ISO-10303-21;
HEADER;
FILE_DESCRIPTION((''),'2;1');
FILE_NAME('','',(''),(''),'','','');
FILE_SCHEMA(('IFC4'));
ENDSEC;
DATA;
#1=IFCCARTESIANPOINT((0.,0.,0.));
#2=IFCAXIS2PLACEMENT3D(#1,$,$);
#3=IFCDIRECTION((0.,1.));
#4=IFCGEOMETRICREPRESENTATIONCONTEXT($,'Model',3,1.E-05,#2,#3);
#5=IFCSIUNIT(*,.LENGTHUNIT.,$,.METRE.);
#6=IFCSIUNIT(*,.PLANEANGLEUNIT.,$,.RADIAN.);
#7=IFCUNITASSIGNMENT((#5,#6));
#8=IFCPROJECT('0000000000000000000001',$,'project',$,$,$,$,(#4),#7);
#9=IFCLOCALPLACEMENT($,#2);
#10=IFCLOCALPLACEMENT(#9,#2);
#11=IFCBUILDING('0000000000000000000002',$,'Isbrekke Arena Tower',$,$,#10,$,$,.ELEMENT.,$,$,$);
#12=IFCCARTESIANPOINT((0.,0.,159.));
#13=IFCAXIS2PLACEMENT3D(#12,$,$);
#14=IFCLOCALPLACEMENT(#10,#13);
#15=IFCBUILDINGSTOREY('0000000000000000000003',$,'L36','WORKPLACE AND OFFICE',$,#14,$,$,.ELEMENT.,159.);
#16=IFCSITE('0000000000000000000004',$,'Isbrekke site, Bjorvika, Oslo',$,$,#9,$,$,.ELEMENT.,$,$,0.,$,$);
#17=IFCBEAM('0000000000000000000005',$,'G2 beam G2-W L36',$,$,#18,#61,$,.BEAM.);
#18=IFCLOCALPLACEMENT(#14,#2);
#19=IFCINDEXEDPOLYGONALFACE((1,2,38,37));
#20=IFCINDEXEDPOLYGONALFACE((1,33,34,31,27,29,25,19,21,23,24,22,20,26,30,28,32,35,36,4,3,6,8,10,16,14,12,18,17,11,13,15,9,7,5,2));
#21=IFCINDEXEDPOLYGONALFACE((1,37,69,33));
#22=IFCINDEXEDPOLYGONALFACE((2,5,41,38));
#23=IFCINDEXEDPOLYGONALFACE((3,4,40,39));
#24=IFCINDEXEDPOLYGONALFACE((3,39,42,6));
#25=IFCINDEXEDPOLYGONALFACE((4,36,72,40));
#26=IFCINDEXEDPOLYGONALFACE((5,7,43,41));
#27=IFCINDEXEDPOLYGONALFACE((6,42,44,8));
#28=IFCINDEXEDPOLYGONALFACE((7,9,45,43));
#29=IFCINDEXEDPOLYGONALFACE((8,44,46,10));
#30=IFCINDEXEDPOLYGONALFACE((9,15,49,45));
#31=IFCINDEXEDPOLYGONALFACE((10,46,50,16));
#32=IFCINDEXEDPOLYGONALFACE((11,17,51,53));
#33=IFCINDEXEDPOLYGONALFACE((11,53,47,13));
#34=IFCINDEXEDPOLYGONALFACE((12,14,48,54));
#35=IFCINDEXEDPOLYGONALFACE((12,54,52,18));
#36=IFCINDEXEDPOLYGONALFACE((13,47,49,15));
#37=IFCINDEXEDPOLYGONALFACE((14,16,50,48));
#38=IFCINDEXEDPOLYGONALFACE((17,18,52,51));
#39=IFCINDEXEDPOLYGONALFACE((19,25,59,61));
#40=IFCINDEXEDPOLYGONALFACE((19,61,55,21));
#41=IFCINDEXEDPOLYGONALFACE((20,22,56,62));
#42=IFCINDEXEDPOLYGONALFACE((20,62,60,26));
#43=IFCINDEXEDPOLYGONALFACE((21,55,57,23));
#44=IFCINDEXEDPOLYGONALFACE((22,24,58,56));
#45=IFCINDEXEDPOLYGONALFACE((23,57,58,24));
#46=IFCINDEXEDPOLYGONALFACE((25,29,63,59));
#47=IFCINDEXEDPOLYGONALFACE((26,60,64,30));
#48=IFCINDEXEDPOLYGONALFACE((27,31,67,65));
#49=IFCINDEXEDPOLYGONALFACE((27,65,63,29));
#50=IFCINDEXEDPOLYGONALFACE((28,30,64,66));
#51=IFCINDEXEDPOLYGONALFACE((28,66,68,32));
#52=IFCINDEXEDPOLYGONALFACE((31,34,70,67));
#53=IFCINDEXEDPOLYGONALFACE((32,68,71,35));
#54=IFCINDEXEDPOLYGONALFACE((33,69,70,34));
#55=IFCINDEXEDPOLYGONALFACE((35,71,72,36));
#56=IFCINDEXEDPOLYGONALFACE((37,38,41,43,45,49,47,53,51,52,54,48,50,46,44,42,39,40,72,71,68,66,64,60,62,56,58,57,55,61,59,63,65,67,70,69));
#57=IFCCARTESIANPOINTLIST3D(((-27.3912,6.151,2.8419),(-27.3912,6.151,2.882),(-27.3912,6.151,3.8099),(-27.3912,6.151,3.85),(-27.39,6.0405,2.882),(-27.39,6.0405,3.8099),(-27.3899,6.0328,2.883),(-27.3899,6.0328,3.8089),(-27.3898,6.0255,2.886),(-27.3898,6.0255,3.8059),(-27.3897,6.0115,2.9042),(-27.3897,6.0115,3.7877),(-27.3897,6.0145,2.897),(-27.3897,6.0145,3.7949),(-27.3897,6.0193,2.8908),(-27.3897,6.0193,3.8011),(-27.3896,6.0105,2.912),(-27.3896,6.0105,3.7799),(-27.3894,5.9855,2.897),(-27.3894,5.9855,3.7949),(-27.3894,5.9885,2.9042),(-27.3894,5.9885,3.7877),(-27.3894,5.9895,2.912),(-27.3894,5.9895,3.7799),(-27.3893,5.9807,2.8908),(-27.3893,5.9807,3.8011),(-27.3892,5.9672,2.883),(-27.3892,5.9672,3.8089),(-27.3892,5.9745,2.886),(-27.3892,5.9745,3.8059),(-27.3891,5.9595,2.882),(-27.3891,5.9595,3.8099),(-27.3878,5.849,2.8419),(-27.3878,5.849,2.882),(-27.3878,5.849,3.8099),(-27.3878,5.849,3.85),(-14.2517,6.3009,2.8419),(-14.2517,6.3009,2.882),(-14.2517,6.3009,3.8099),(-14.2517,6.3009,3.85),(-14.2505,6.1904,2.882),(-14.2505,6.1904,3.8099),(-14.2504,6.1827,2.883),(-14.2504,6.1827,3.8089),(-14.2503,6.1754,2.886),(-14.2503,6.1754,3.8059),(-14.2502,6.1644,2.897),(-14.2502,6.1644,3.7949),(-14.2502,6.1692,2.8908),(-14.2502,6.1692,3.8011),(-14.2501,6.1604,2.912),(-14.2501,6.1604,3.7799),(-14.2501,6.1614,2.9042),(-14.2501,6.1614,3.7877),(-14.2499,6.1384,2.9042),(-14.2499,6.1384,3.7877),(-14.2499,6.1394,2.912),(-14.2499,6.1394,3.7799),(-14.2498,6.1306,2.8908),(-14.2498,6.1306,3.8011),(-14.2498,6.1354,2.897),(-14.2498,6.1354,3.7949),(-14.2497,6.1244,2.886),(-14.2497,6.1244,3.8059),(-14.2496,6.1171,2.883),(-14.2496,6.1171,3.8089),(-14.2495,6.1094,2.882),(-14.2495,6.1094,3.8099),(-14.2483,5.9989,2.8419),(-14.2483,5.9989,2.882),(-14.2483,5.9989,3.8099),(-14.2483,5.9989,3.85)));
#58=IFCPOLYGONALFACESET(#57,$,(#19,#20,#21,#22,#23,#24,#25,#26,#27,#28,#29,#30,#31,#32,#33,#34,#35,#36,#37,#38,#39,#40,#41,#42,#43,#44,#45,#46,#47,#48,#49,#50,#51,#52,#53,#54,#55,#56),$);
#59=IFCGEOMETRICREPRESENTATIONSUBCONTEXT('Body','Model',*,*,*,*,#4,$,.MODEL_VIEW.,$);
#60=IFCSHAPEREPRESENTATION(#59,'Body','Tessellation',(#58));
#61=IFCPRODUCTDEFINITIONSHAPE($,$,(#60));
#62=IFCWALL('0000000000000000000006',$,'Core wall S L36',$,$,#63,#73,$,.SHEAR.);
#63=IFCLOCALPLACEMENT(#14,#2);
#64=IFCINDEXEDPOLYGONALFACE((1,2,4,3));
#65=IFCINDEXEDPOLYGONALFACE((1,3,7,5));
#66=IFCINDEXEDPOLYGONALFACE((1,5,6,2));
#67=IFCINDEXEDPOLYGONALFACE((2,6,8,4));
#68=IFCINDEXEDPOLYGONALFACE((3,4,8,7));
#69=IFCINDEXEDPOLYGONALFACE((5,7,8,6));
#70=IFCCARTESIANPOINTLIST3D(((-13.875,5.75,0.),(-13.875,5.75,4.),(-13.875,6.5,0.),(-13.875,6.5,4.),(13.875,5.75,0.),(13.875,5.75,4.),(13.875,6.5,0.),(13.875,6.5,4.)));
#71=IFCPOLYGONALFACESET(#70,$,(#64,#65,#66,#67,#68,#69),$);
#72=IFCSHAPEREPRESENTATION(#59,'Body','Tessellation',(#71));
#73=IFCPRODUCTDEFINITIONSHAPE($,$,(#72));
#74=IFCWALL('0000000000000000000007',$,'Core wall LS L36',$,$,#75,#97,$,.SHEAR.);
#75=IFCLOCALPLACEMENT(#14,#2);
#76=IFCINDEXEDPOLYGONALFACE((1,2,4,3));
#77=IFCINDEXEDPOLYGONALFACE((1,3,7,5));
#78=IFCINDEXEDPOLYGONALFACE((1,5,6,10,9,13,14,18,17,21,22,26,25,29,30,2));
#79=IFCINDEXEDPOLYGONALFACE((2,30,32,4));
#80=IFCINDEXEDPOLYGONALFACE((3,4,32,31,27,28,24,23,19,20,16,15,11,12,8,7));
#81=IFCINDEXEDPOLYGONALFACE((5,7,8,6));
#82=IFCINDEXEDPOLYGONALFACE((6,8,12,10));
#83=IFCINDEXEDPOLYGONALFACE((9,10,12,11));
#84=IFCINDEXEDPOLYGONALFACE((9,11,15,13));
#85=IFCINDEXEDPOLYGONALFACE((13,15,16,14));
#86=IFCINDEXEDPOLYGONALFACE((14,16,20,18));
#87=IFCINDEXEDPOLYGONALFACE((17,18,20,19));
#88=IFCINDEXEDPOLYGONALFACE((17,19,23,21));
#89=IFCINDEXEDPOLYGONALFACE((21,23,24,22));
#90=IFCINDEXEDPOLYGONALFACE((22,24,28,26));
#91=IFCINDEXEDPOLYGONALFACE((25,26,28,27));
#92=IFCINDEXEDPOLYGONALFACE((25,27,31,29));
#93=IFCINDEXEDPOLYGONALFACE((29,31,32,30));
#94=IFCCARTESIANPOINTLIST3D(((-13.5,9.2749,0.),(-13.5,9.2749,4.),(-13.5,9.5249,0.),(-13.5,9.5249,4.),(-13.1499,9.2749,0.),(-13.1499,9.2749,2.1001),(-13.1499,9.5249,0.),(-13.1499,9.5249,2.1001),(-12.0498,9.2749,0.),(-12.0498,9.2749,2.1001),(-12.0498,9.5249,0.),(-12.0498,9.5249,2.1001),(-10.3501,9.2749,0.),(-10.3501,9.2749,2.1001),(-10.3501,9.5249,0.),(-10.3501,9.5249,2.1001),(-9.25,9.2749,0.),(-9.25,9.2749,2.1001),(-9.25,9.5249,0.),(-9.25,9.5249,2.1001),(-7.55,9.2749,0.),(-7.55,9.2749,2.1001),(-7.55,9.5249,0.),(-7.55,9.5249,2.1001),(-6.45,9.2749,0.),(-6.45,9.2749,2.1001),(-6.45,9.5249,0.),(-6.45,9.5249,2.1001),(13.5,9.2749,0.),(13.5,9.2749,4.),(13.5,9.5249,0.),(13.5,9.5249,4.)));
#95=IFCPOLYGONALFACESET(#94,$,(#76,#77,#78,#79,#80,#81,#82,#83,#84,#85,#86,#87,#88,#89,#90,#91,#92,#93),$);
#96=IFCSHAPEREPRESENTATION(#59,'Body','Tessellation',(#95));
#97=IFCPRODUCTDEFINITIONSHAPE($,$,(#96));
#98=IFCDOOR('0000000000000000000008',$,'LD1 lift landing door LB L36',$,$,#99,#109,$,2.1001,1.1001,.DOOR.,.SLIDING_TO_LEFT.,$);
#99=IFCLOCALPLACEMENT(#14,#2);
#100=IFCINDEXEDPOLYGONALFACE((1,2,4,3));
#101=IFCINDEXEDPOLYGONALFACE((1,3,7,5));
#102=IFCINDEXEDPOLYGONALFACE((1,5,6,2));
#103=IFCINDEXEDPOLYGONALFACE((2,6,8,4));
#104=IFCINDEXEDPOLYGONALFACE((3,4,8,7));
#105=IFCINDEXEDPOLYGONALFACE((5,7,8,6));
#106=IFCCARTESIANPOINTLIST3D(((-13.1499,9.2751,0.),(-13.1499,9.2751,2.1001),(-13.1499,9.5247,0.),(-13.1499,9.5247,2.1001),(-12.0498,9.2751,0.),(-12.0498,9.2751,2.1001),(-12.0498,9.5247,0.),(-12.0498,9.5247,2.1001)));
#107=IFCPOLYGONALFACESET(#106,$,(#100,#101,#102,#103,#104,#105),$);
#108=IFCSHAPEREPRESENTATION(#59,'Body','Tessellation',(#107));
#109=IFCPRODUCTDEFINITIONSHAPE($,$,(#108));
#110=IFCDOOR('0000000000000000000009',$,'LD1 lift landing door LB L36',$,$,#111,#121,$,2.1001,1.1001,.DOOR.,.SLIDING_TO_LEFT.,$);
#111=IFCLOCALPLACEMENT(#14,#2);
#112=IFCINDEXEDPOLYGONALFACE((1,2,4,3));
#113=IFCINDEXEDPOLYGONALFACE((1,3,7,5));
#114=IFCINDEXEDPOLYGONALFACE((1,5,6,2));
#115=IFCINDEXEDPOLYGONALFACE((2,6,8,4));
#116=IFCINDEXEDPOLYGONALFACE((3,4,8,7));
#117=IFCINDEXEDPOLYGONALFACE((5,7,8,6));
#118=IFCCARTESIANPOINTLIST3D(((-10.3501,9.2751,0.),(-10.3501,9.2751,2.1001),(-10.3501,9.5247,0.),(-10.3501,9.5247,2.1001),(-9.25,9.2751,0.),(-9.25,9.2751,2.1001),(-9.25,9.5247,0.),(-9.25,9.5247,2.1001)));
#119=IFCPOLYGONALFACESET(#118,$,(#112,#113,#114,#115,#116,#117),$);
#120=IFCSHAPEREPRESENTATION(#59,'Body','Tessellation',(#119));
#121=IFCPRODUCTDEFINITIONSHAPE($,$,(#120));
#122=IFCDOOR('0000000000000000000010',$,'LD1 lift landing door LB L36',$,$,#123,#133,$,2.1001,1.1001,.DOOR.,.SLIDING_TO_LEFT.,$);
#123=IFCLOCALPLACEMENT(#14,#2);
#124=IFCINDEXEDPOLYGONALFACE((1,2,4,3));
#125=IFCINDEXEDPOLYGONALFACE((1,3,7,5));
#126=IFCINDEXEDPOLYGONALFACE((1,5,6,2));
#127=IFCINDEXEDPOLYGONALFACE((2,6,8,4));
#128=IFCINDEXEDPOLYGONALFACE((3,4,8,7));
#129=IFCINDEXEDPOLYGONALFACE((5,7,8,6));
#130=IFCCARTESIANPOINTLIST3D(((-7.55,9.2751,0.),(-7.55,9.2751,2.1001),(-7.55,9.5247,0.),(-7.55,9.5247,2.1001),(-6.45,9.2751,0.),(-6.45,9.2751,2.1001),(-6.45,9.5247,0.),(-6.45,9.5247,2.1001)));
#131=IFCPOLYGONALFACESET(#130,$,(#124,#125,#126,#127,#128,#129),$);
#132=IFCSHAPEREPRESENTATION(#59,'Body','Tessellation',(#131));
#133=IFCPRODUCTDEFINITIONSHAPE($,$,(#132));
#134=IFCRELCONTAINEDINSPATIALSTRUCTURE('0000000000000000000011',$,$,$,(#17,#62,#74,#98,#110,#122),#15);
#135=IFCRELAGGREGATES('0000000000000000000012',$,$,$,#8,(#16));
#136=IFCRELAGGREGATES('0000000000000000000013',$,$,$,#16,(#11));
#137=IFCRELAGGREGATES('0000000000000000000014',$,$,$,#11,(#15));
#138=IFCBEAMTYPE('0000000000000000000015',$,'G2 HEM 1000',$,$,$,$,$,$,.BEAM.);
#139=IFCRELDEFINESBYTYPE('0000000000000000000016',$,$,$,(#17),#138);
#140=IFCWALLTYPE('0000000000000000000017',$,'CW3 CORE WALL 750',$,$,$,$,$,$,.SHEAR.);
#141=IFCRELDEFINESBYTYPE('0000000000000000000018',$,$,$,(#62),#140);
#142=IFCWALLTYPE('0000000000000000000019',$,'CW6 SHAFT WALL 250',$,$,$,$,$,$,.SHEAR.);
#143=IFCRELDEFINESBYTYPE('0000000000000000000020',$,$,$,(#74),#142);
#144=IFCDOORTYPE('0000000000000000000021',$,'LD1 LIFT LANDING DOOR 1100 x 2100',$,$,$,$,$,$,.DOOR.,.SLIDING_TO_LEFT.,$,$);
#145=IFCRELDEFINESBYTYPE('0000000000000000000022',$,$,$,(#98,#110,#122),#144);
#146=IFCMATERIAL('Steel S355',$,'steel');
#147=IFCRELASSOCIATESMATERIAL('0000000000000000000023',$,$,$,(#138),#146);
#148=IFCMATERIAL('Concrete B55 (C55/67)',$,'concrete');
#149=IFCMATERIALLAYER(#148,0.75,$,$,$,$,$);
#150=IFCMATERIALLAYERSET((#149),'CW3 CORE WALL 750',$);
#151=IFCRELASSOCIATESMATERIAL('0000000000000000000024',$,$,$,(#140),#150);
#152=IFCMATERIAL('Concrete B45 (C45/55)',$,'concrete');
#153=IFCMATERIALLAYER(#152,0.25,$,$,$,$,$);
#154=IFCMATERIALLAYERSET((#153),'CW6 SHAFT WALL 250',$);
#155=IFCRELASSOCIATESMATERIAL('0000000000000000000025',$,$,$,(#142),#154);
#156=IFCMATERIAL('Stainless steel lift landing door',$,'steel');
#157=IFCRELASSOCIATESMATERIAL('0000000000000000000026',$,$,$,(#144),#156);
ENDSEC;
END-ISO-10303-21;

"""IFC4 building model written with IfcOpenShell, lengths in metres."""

from ifc_helpers import new_model, si_unit, direction, frame, frame_2d, origin, origin_2d, place, context, subcontext, project, spatial, rectangle, i_section, extrude, material, layer, layer_set, material_profile, profile_set, type_object, element, fill, save


model = new_model("IFC4")

# Units and contexts
model_context = context("Model", 3, precision=1e-05, world=origin(), true_north=direction((0.0, 1.0)))
body_context = subcontext(model_context, "Body", "Model", "MODEL_VIEW")
ifc_project = project(units=[si_unit("LENGTHUNIT", "METRE"), si_unit("PLANEANGLEUNIT", "RADIAN")], contexts=[model_context])

# Site, building, storey
site_placement = place(None, origin())
site = spatial("IfcSite", under=ifc_project, at=site_placement, Name="Isbrekke site, Bjorvika, Oslo", CompositionType="ELEMENT", RefElevation=0.0)
building_placement = place(site_placement, origin())
building = spatial("IfcBuilding", under=site, at=building_placement, Name="Isbrekke Arena Tower", CompositionType="ELEMENT")
storey_placement = place(building_placement, frame((0.0, 0.0, 159.0)))
storey = spatial("IfcBuildingStorey", under=building, at=storey_placement, Name="L36", Description="WORKPLACE AND OFFICE", CompositionType="ELEMENT", Elevation=159.0)

# Beam
ifc_material_1 = material(Name="Steel S355", Category="steel")
ifc_material_profile = material_profile(ifc_material_1, i_section(OverallWidth=0.302, OverallDepth=1.0081, WebThickness=0.021, FlangeThickness=0.04, FilletRadius=0.03, at=origin_2d()), Name="HEM 1000")
ifc_profile_set = profile_set([ifc_material_profile], Name="Steel S355")
beam_type = type_object("IfcBeamType", Name="G2 HEM 1000", PredefinedType="BEAM", material=ifc_profile_set)
beam_placement = place(storey_placement, frame((-14.25, 6.1499, 3.3459), z_axis=(-0.999935, -0.011408, 0.0), x_axis=(0.011408, -0.999935, 0.0)))
element("IfcBeam", 1, at=beam_placement, inside=storey, type_object=beam_type, Name="G2 beam G2-W L36", PredefinedType="BEAM", context=body_context, shape_type="SweptSolid", body=[
    extrude(i_section(OverallWidth=0.302, OverallDepth=1.0081, WebThickness=0.021, FlangeThickness=0.04, FilletRadius=0.03, at=origin_2d()), origin(), (0.0, 0.0, 1.0), 13.1404),
])

# Wall
ifc_material_2 = material(Name="Concrete B55 (C55/67)", Category="concrete")
ifc_layer_1 = layer(ifc_material_2, 0.75)
ifc_layer_set_1 = layer_set([ifc_layer_1], Name="CW3 CORE WALL 750")
wall_type_1 = type_object("IfcWallType", Name="CW3 CORE WALL 750", PredefinedType="SHEAR", material=ifc_layer_set_1)
wall_1_placement = place(storey_placement, frame((-13.875, 6.125, 0.0), z_axis=(0.0, 0.0, 1.0), x_axis=(1.0, 0.0, 0.0)))
element("IfcWall", 2, at=wall_1_placement, inside=storey, type_object=wall_type_1, Name="Core wall S L36", PredefinedType="SHEAR", context=body_context, shape_type="SweptSolid", body=[
    extrude(rectangle(XDim=27.75, YDim=0.75, at=frame_2d((13.875, 0.0))), origin(), (0.0, 0.0, 1.0), 4.0),
])

# Wall, openings, doors
ifc_material_3 = material(Name="Concrete B45 (C45/55)", Category="concrete")
ifc_layer_2 = layer(ifc_material_3, 0.25)
ifc_layer_set_2 = layer_set([ifc_layer_2], Name="CW6 SHAFT WALL 250")
wall_type_2 = type_object("IfcWallType", Name="CW6 SHAFT WALL 250", PredefinedType="SHEAR", material=ifc_layer_set_2)
wall_2_placement = place(storey_placement, frame((-13.5, 9.3999, 0.0), z_axis=(0.0, 0.0, 1.0), x_axis=(1.0, 0.0, 0.0)))
wall_2 = element("IfcWall", 3, at=wall_2_placement, inside=storey, type_object=wall_type_2, Name="Core wall LS L36", PredefinedType="SHEAR", context=body_context, shape_type="SweptSolid", body=[
    extrude(rectangle(XDim=27.0, YDim=0.25, at=frame_2d((13.5, 0.0))), origin(), (0.0, 0.0, 1.0), 4.0),
])
opening_1_placement = place(wall_2_placement, frame((0.3501, 0.0, 0.0)))
opening_1 = element("IfcOpeningElement", 4, at=opening_1_placement, cuts=wall_2, PredefinedType="OPENING", context=body_context, shape_type="SweptSolid", body=[
    extrude(rectangle(XDim=1.1001, YDim=2.1001, at=frame_2d((0.55, 1.05))), frame((0.0, 0.1399, 0.0), z_axis=(0.0, -1.0, 0.0), x_axis=(1.0, 0.0, 0.0)), (0.0, 0.0, 1.0), 0.2798),
])
opening_2_placement = place(wall_2_placement, frame((3.1499, 0.0, 0.0)))
opening_2 = element("IfcOpeningElement", 5, at=opening_2_placement, cuts=wall_2, PredefinedType="OPENING", context=body_context, shape_type="SweptSolid", body=[
    extrude(rectangle(XDim=1.1001, YDim=2.1001, at=frame_2d((0.55, 1.05))), frame((0.0, 0.1399, 0.0), z_axis=(0.0, -1.0, 0.0), x_axis=(1.0, 0.0, 0.0)), (0.0, 0.0, 1.0), 0.2798),
])
opening_3_placement = place(wall_2_placement, frame((5.95, 0.0, 0.0)))
opening_3 = element("IfcOpeningElement", 6, at=opening_3_placement, cuts=wall_2, PredefinedType="OPENING", context=body_context, shape_type="SweptSolid", body=[
    extrude(rectangle(XDim=1.1001, YDim=2.1001, at=frame_2d((0.55, 1.05))), frame((0.0, 0.1399, 0.0), z_axis=(0.0, -1.0, 0.0), x_axis=(1.0, 0.0, 0.0)), (0.0, 0.0, 1.0), 0.2798),
])
ifc_material_4 = material(Name="Stainless steel lift landing door", Category="steel")
door_type_1 = type_object("IfcDoorType", Name="LD1 LIFT LANDING DOOR 1100 x 2100", OperationType="SLIDING_TO_LEFT", PredefinedType="DOOR", material=ifc_material_4)
door_1_placement = place(opening_1_placement, origin())
door_1 = element("IfcDoor", 7, at=door_1_placement, inside=storey, type_object=door_type_1, Name="LD1 lift landing door LB L36", OperationType="SLIDING_TO_LEFT", OverallHeight=2.1001, OverallWidth=1.1001, PredefinedType="DOOR", context=body_context, shape_type="SweptSolid", body=[
    extrude(rectangle(XDim=1.1001, YDim=2.1001, at=frame_2d((0.55, 1.05))), frame((0.0, 0.1248, 0.0), z_axis=(0.0, -1.0, 0.0), x_axis=(1.0, 0.0, 0.0)), (0.0, 0.0, 1.0), 0.2495),
])
fill(opening_1, door_1)
door_2_placement = place(opening_2_placement, origin())
door_2 = element("IfcDoor", 8, at=door_2_placement, inside=storey, type_object=door_type_1, Name="LD1 lift landing door LB L36", OperationType="SLIDING_TO_LEFT", OverallHeight=2.1001, OverallWidth=1.1001, PredefinedType="DOOR", context=body_context, shape_type="SweptSolid", body=[
    extrude(rectangle(XDim=1.1001, YDim=2.1001, at=frame_2d((0.55, 1.05))), frame((0.0, 0.1248, 0.0), z_axis=(0.0, -1.0, 0.0), x_axis=(1.0, 0.0, 0.0)), (0.0, 0.0, 1.0), 0.2495),
])
fill(opening_2, door_2)
door_3_placement = place(opening_3_placement, origin())
door_3 = element("IfcDoor", 9, at=door_3_placement, inside=storey, type_object=door_type_1, Name="LD1 lift landing door LB L36", OperationType="SLIDING_TO_LEFT", OverallHeight=2.1001, OverallWidth=1.1001, PredefinedType="DOOR", context=body_context, shape_type="SweptSolid", body=[
    extrude(rectangle(XDim=1.1001, YDim=2.1001, at=frame_2d((0.55, 1.05))), frame((0.0, 0.1248, 0.0), z_axis=(0.0, -1.0, 0.0), x_axis=(1.0, 0.0, 0.0)), (0.0, 0.0, 1.0), 0.2495),
])
fill(opening_3, door_3)

save(model, "model.ifc")
